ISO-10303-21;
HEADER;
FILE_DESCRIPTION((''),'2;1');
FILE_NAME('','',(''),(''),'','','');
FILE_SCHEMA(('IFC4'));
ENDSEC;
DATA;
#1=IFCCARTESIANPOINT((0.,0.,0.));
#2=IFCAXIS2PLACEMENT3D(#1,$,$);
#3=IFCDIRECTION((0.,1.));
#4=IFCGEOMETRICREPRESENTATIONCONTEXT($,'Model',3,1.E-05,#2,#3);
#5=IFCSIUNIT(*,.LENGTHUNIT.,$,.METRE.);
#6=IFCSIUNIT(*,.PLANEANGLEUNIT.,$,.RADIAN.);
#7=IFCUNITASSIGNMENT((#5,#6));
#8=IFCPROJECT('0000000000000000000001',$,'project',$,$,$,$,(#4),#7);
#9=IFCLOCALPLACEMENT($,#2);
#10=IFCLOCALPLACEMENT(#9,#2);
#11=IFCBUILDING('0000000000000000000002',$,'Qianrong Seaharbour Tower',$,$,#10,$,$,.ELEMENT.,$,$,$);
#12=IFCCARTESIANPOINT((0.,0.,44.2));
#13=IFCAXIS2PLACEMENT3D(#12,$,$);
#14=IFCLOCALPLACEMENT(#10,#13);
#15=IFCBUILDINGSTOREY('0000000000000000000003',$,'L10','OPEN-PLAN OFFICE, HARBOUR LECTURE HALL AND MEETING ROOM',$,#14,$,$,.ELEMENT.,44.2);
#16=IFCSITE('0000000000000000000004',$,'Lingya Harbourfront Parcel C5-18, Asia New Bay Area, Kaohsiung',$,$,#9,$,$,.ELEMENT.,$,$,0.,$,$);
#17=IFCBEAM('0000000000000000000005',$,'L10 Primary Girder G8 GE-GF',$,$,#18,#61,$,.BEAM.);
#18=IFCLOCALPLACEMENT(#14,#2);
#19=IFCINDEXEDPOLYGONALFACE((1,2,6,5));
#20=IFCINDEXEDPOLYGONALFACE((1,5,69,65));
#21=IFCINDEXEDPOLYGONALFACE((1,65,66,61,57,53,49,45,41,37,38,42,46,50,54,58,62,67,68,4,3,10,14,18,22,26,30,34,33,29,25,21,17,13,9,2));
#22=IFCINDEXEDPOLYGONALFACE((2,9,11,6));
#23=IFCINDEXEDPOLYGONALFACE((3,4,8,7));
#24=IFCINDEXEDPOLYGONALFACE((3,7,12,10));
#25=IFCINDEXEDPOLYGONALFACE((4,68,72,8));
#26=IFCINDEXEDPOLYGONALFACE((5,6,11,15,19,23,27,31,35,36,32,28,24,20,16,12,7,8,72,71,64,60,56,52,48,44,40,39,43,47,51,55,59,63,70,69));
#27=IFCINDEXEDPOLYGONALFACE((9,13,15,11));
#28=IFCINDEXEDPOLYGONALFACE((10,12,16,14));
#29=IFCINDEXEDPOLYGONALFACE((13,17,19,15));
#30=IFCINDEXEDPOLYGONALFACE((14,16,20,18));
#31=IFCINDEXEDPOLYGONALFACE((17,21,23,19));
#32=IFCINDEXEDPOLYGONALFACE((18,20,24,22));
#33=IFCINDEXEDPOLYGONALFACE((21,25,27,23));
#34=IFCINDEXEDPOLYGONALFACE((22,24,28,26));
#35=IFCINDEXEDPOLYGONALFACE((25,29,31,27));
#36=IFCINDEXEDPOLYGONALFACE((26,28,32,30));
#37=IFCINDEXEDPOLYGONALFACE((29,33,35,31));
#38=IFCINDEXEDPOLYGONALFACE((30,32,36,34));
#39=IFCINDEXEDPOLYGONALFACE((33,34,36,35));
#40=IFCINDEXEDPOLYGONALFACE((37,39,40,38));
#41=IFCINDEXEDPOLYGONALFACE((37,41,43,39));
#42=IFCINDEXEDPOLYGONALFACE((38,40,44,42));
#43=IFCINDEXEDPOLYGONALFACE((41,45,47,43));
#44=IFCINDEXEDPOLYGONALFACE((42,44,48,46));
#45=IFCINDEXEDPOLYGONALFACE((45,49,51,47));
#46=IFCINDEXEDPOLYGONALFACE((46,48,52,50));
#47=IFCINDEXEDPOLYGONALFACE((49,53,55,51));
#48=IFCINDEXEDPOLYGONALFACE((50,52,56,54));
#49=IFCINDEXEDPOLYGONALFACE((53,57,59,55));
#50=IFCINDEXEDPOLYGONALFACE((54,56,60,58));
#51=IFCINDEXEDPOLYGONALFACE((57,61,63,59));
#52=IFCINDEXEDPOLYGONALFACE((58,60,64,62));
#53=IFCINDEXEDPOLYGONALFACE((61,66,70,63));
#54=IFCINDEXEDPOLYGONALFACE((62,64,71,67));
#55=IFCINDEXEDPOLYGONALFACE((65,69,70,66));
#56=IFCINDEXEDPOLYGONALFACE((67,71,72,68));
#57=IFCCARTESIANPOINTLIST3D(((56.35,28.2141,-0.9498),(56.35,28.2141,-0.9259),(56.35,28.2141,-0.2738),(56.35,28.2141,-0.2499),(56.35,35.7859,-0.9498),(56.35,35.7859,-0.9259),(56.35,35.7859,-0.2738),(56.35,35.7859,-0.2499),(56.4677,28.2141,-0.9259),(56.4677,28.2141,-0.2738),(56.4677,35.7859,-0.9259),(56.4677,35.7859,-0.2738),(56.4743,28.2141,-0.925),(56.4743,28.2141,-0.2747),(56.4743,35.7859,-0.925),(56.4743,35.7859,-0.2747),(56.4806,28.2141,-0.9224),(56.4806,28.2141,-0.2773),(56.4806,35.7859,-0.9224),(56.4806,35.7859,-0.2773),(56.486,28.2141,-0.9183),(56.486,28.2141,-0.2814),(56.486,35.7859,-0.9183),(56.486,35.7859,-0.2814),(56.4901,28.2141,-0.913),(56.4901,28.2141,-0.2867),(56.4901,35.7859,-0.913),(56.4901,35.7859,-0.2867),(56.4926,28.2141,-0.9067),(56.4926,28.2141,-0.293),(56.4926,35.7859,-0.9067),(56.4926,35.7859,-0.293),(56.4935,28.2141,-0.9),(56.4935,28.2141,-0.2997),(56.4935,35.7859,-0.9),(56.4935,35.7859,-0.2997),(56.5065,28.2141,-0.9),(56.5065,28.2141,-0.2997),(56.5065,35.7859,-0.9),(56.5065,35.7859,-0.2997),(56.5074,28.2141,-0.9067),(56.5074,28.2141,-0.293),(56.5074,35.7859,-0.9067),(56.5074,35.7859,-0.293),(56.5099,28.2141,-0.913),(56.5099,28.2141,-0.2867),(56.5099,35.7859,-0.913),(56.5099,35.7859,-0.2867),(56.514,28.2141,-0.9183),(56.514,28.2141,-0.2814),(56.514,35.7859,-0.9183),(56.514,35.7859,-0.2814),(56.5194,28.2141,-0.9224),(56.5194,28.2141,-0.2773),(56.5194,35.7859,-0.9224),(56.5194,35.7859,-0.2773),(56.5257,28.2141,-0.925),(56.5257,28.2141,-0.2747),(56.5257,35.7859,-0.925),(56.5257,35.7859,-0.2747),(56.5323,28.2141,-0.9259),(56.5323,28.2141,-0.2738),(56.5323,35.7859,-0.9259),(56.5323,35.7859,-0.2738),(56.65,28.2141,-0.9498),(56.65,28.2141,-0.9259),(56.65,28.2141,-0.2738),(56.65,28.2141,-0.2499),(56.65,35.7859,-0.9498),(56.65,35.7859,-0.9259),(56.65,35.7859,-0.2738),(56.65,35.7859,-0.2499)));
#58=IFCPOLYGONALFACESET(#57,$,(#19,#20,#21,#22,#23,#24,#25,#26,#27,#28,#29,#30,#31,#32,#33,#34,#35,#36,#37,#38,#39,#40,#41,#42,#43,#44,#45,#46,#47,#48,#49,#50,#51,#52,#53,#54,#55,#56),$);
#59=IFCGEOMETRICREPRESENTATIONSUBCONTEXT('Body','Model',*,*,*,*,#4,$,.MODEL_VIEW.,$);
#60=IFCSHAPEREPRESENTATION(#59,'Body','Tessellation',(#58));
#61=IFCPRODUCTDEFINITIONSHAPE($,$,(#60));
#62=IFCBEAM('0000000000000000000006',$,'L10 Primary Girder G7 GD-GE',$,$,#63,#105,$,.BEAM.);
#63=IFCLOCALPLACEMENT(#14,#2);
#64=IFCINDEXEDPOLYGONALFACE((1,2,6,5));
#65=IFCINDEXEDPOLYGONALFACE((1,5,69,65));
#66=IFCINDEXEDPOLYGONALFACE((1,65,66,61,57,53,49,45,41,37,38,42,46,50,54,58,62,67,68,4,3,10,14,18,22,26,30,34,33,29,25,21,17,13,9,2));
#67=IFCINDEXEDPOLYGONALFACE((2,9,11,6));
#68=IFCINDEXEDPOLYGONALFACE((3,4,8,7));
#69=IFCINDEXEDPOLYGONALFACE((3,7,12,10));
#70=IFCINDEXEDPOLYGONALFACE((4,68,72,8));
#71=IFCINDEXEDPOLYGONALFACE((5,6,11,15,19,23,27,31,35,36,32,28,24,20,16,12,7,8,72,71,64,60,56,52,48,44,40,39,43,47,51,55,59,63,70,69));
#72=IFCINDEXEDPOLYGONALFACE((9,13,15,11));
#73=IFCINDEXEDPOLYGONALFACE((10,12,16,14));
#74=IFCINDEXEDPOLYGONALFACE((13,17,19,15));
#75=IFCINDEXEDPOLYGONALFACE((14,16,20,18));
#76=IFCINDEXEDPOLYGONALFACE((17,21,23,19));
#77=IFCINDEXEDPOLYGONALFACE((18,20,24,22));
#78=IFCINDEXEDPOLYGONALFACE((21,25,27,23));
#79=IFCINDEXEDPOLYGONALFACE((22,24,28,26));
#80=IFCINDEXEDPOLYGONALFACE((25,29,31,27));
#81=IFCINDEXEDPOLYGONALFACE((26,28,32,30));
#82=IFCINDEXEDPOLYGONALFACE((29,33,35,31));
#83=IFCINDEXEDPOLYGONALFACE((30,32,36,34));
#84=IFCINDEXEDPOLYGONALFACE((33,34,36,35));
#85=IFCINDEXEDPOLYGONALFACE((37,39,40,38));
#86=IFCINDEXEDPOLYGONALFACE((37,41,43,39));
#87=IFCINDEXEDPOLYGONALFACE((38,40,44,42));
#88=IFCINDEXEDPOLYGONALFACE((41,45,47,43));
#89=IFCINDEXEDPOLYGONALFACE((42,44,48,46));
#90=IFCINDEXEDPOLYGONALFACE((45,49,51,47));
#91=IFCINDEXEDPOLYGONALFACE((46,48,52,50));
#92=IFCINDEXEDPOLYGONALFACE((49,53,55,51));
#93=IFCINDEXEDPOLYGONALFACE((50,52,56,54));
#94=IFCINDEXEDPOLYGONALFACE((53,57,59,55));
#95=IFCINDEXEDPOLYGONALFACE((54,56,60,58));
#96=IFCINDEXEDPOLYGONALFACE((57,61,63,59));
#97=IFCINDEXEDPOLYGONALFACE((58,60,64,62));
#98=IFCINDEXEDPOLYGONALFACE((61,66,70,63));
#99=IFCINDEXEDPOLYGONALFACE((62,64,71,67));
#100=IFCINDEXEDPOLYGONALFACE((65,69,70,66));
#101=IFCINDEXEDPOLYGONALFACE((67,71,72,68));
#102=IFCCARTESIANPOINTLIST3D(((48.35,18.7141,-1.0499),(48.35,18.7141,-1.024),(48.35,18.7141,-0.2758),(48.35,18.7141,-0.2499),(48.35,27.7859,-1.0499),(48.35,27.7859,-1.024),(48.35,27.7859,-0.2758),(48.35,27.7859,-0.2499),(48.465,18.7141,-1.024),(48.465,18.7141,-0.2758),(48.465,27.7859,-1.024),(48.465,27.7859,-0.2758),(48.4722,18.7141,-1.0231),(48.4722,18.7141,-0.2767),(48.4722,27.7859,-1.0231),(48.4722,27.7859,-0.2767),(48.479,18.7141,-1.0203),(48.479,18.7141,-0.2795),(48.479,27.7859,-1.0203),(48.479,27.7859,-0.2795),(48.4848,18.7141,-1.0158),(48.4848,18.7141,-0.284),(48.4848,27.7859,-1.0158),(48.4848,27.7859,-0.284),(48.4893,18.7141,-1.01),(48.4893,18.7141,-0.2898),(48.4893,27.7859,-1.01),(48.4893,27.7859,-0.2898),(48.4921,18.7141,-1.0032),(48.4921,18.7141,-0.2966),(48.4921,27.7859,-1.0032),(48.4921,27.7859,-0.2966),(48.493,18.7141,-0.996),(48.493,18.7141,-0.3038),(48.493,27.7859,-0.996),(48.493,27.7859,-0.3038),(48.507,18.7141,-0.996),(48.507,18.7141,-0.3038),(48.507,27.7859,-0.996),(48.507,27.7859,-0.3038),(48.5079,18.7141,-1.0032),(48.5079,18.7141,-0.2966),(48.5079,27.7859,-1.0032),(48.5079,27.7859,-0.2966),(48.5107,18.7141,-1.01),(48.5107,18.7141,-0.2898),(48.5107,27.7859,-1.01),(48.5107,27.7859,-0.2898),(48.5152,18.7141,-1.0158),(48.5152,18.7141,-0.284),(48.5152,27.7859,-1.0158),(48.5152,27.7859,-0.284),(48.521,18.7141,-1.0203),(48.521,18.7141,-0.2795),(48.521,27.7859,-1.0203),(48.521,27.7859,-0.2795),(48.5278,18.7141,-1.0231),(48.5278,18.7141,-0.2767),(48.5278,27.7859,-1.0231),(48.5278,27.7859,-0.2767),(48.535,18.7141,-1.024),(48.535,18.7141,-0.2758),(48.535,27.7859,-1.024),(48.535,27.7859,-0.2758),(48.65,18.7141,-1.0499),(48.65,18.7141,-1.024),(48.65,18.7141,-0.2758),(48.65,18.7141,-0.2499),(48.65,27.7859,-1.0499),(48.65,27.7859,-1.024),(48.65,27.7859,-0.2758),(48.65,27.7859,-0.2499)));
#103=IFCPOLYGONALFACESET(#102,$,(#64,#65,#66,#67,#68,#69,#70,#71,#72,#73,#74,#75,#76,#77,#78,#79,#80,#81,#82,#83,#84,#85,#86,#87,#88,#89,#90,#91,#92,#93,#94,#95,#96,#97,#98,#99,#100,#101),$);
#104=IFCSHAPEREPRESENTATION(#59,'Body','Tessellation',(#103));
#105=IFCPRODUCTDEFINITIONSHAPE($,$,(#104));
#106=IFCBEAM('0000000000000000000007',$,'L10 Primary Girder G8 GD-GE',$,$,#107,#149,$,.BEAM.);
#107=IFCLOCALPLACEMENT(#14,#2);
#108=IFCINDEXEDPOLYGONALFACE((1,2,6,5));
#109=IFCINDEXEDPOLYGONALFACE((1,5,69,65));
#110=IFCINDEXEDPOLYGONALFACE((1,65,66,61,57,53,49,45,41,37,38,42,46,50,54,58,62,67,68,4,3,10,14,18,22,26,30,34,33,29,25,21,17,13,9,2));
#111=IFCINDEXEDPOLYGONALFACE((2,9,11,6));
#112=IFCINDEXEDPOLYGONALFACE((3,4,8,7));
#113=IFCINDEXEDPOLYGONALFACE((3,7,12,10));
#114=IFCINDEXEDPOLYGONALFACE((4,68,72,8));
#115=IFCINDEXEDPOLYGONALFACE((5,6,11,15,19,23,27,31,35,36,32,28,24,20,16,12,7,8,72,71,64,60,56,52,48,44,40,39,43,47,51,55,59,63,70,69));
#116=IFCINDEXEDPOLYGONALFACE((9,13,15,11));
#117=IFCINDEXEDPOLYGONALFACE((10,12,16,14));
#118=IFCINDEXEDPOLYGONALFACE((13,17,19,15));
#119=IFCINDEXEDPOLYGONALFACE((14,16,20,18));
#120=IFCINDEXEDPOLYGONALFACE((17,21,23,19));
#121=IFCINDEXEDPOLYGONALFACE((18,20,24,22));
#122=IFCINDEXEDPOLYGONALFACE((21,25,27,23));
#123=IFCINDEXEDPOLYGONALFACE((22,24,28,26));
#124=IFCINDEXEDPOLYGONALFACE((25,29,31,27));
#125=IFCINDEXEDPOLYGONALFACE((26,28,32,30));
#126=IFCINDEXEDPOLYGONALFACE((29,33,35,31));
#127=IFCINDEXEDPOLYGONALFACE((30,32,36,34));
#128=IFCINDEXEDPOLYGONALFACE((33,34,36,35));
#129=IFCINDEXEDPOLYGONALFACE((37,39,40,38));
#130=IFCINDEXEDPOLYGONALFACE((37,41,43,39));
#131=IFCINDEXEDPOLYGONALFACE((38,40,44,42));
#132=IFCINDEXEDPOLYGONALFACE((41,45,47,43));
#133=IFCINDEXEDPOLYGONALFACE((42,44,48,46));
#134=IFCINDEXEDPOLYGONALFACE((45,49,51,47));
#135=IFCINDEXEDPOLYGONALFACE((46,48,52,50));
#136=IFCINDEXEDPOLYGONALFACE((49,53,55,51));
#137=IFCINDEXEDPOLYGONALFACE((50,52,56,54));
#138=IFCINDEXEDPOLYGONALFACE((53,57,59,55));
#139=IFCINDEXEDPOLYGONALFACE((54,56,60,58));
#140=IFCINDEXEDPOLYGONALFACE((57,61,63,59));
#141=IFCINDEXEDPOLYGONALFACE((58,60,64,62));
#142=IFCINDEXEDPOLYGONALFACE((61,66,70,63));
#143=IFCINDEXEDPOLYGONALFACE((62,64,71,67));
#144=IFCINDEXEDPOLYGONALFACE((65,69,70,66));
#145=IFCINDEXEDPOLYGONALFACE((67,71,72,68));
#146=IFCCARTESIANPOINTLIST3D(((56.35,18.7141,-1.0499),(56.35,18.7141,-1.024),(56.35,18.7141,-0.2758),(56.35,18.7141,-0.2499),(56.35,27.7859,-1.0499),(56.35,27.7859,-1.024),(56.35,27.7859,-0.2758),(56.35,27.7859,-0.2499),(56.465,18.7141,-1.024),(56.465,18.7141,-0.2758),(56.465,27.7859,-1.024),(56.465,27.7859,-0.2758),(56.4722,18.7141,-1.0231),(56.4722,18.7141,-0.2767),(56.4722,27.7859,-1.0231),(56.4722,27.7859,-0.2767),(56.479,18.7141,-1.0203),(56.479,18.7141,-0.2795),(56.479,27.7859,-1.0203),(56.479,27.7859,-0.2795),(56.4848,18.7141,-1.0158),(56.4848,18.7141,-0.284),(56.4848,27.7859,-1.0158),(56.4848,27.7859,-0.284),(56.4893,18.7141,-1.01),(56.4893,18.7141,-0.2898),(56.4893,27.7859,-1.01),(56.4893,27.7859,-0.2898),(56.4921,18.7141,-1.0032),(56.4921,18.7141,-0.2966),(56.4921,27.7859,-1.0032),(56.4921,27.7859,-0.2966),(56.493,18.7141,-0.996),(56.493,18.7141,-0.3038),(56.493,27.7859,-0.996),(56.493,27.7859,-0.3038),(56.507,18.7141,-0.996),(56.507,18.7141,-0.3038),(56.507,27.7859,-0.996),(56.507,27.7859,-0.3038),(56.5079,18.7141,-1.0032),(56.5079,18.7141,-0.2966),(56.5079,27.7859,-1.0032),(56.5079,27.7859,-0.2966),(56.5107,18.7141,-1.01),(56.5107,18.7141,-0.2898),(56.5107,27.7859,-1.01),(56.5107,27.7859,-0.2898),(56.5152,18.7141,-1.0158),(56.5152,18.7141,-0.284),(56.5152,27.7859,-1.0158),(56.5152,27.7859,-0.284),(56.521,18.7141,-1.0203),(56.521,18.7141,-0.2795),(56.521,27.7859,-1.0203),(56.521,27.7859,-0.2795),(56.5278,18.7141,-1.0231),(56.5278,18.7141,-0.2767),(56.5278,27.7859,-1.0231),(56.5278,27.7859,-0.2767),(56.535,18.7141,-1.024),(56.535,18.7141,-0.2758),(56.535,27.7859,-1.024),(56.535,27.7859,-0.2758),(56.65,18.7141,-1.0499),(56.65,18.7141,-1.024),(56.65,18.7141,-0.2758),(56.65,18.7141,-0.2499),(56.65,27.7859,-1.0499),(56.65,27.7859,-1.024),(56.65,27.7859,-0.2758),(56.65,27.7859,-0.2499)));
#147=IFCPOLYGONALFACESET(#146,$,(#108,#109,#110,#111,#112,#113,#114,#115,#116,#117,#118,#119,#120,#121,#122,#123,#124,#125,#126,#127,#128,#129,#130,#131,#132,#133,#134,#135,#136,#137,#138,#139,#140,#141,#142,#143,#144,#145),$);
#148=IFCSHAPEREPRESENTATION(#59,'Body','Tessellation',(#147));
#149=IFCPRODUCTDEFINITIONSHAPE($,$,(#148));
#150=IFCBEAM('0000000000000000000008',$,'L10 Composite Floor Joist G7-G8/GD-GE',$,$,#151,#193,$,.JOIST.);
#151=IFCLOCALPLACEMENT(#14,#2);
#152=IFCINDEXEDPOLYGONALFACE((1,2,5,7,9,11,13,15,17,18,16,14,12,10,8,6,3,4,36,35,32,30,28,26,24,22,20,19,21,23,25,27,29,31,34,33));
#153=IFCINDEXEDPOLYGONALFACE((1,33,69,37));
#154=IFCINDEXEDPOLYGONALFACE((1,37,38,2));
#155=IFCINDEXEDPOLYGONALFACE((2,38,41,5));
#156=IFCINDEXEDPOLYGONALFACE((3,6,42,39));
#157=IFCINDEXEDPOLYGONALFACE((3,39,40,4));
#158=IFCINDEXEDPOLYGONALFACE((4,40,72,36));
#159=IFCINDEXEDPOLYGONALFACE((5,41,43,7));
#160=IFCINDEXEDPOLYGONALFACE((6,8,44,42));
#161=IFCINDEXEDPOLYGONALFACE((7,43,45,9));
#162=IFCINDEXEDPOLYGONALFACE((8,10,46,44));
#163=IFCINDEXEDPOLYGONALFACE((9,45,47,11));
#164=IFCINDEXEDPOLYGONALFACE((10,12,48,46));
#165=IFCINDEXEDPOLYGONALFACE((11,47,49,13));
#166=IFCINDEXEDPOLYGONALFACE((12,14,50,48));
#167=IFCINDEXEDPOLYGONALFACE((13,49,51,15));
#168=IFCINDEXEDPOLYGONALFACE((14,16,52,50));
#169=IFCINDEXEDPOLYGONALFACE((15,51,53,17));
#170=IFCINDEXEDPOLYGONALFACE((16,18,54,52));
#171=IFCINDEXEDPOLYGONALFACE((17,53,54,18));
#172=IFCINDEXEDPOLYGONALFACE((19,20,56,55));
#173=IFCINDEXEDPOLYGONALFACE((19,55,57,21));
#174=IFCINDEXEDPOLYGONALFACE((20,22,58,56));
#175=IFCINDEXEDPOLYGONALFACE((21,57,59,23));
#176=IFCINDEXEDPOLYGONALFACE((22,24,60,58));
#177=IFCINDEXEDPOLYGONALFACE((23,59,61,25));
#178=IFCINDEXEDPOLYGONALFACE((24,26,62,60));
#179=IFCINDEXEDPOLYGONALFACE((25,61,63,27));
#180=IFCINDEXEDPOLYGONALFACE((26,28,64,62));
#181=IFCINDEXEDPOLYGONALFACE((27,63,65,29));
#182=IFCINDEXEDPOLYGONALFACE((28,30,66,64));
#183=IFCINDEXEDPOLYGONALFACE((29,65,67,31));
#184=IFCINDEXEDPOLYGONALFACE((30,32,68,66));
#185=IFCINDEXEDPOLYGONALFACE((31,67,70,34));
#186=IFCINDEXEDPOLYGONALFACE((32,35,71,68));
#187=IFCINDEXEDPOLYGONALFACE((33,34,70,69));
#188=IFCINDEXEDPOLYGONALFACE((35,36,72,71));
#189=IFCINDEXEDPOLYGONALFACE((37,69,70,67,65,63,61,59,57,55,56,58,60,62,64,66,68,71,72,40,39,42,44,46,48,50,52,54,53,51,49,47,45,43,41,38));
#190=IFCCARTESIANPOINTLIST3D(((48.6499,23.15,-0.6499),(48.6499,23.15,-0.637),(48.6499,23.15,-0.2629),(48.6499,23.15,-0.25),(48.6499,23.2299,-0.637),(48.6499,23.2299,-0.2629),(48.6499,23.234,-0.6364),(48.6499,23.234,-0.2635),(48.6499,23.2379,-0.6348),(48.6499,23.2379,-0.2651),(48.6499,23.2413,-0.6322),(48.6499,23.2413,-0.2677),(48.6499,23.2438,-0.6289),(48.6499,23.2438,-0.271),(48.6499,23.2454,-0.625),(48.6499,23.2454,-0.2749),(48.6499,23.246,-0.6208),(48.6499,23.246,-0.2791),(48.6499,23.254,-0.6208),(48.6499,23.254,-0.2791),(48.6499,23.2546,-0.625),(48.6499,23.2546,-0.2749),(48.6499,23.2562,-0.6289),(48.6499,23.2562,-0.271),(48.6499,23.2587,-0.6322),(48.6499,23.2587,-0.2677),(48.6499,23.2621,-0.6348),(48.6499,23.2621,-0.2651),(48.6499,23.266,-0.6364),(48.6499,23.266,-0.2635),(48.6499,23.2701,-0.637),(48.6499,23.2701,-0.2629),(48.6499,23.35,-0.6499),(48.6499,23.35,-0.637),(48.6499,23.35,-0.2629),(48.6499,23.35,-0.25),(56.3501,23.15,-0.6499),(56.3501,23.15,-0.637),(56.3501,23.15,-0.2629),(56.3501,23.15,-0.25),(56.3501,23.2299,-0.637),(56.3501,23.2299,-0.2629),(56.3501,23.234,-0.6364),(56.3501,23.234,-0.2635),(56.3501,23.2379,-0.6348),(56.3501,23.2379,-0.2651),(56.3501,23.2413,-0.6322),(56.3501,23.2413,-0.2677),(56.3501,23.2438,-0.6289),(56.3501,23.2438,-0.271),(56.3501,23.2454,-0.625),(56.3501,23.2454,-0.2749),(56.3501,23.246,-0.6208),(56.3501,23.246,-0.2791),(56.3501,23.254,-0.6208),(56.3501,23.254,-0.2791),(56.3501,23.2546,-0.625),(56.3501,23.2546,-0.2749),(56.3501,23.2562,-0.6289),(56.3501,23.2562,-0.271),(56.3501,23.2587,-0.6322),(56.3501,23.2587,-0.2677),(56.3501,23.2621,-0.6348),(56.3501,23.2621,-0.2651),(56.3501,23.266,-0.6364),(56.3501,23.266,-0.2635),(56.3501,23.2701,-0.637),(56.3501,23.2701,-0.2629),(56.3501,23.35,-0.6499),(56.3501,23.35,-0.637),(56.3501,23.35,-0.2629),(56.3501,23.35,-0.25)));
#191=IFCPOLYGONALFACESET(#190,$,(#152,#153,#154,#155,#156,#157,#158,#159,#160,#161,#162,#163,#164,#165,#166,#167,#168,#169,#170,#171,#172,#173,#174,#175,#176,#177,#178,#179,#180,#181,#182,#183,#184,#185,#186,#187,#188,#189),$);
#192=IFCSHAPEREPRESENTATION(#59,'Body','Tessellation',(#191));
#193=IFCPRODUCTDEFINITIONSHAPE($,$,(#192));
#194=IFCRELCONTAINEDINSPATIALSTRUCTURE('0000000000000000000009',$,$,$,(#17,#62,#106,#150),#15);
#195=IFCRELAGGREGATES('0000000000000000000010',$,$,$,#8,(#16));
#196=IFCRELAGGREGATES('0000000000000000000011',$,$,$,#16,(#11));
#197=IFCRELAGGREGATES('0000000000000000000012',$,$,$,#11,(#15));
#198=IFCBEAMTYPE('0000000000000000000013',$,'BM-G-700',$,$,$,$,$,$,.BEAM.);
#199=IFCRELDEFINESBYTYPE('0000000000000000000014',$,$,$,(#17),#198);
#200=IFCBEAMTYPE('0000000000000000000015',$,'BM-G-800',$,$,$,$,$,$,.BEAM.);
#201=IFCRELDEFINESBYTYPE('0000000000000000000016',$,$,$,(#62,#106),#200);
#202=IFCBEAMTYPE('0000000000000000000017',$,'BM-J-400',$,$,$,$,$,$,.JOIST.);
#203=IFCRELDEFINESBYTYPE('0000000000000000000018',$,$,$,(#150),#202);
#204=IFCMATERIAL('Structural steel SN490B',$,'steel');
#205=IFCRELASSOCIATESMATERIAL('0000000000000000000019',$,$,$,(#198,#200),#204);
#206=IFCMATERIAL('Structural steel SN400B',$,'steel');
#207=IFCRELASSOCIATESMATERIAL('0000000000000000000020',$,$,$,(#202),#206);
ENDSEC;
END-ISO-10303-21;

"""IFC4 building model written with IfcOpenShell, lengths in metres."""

from ifc_helpers import new_model, si_unit, direction, frame, origin, origin_2d, place, context, subcontext, project, spatial, i_section, extrude, material, material_profile, profile_set, type_object, element, save


model = new_model("IFC4")

# Units and contexts
model_context = context("Model", 3, precision=1e-05, world=origin(), true_north=direction((0.0, 1.0)))
body_context = subcontext(model_context, "Body", "Model", "MODEL_VIEW")
ifc_project = project(units=[si_unit("LENGTHUNIT", "METRE"), si_unit("PLANEANGLEUNIT", "RADIAN")], contexts=[model_context])

# Site, building, storey
site_placement = place(None, origin())
site = spatial("IfcSite", under=ifc_project, at=site_placement, Name="Lingya Harbourfront Parcel C5-18, Asia New Bay Area, Kaohsiung", CompositionType="ELEMENT", RefElevation=0.0)
building_placement = place(site_placement, origin())
building = spatial("IfcBuilding", under=site, at=building_placement, Name="Qianrong Seaharbour Tower", CompositionType="ELEMENT")
storey_placement = place(building_placement, frame((0.0, 0.0, 44.2)))
storey = spatial("IfcBuildingStorey", under=building, at=storey_placement, Name="L10", Description="OPEN-PLAN OFFICE, HARBOUR LECTURE HALL AND MEETING ROOM", CompositionType="ELEMENT", Elevation=44.2)

# Shared definitions
ifc_material_1 = material(Name="Structural steel SN490B", Category="steel")

# Beams
ifc_material_profile_1 = material_profile(ifc_material_1, i_section(OverallWidth=0.3, OverallDepth=0.7, WebThickness=0.0129, FlangeThickness=0.0239, FilletRadius=0.0259, at=origin_2d()), Name="H700x300x13x24")
ifc_profile_set_1 = profile_set([ifc_material_profile_1], Name="Structural steel SN490B")
beam_type_1 = type_object("IfcBeamType", Name="BM-G-700", PredefinedType="BEAM", material=ifc_profile_set_1)
for number, where, z_axis, x_axis, name in (
    (1, (56.5, 28.2141, -0.5999), (0.0, 1.0, 0.0), (-1.0, 0.0, 0.0), "L10 Primary Girder G8 GE-GF"),
):
    element("IfcBeam", number, at=place(storey_placement, frame(where, z_axis=z_axis, x_axis=x_axis)), inside=storey, type_object=beam_type_1, Name=name, PredefinedType="BEAM", context=body_context, shape_type="SweptSolid", body=[
        extrude(i_section(OverallWidth=0.3, OverallDepth=0.7, WebThickness=0.0129, FlangeThickness=0.0239, FilletRadius=0.0259, at=origin_2d()), origin(), (0.0, 0.0, 1.0), 7.5718),
    ])
ifc_material_profile_2 = material_profile(ifc_material_1, i_section(OverallWidth=0.3, OverallDepth=0.8, WebThickness=0.0139, FlangeThickness=0.0259, FilletRadius=0.0281, at=origin_2d()), Name="H800x300x14x26")
ifc_profile_set_2 = profile_set([ifc_material_profile_2], Name="Structural steel SN490B")
beam_type_2 = type_object("IfcBeamType", Name="BM-G-800", PredefinedType="BEAM", material=ifc_profile_set_2)
for number, where, z_axis, x_axis, name in (
    (2, (48.5, 18.7141, -0.6499), (0.0, 1.0, 0.0), (-1.0, 0.0, 0.0), "L10 Primary Girder G7 GD-GE"),
    (3, (56.5, 18.7141, -0.6499), (0.0, 1.0, 0.0), (-1.0, 0.0, 0.0), "L10 Primary Girder G8 GD-GE"),
):
    element("IfcBeam", number, at=place(storey_placement, frame(where, z_axis=z_axis, x_axis=x_axis)), inside=storey, type_object=beam_type_2, Name=name, PredefinedType="BEAM", context=body_context, shape_type="SweptSolid", body=[
        extrude(i_section(OverallWidth=0.3, OverallDepth=0.8, WebThickness=0.0139, FlangeThickness=0.0259, FilletRadius=0.0281, at=origin_2d()), origin(), (0.0, 0.0, 1.0), 9.0718),
    ])
ifc_material_2 = material(Name="Structural steel SN400B", Category="steel")
ifc_material_profile_3 = material_profile(ifc_material_2, i_section(OverallWidth=0.2, OverallDepth=0.3999, WebThickness=0.0081, FlangeThickness=0.0129, FilletRadius=0.0161, at=origin_2d()), Name="H400x200x8x13")
ifc_profile_set_3 = profile_set([ifc_material_profile_3], Name="Structural steel SN400B")
beam_type_3 = type_object("IfcBeamType", Name="BM-J-400", PredefinedType="JOIST", material=ifc_profile_set_3)
for number, where, z_axis, x_axis, name in (
    (4, (48.6499, 23.25, -0.45), (1.0, 0.0, 0.0), (0.0, 1.0, 0.0), "L10 Composite Floor Joist G7-G8/GD-GE"),
):
    element("IfcBeam", number, at=place(storey_placement, frame(where, z_axis=z_axis, x_axis=x_axis)), inside=storey, type_object=beam_type_3, Name=name, PredefinedType="JOIST", context=body_context, shape_type="SweptSolid", body=[
        extrude(i_section(OverallWidth=0.2, OverallDepth=0.3999, WebThickness=0.0081, FlangeThickness=0.0129, FilletRadius=0.0161, at=origin_2d()), origin(), (0.0, 0.0, 1.0), 7.7002),
    ])

save(model, "model.ifc")
